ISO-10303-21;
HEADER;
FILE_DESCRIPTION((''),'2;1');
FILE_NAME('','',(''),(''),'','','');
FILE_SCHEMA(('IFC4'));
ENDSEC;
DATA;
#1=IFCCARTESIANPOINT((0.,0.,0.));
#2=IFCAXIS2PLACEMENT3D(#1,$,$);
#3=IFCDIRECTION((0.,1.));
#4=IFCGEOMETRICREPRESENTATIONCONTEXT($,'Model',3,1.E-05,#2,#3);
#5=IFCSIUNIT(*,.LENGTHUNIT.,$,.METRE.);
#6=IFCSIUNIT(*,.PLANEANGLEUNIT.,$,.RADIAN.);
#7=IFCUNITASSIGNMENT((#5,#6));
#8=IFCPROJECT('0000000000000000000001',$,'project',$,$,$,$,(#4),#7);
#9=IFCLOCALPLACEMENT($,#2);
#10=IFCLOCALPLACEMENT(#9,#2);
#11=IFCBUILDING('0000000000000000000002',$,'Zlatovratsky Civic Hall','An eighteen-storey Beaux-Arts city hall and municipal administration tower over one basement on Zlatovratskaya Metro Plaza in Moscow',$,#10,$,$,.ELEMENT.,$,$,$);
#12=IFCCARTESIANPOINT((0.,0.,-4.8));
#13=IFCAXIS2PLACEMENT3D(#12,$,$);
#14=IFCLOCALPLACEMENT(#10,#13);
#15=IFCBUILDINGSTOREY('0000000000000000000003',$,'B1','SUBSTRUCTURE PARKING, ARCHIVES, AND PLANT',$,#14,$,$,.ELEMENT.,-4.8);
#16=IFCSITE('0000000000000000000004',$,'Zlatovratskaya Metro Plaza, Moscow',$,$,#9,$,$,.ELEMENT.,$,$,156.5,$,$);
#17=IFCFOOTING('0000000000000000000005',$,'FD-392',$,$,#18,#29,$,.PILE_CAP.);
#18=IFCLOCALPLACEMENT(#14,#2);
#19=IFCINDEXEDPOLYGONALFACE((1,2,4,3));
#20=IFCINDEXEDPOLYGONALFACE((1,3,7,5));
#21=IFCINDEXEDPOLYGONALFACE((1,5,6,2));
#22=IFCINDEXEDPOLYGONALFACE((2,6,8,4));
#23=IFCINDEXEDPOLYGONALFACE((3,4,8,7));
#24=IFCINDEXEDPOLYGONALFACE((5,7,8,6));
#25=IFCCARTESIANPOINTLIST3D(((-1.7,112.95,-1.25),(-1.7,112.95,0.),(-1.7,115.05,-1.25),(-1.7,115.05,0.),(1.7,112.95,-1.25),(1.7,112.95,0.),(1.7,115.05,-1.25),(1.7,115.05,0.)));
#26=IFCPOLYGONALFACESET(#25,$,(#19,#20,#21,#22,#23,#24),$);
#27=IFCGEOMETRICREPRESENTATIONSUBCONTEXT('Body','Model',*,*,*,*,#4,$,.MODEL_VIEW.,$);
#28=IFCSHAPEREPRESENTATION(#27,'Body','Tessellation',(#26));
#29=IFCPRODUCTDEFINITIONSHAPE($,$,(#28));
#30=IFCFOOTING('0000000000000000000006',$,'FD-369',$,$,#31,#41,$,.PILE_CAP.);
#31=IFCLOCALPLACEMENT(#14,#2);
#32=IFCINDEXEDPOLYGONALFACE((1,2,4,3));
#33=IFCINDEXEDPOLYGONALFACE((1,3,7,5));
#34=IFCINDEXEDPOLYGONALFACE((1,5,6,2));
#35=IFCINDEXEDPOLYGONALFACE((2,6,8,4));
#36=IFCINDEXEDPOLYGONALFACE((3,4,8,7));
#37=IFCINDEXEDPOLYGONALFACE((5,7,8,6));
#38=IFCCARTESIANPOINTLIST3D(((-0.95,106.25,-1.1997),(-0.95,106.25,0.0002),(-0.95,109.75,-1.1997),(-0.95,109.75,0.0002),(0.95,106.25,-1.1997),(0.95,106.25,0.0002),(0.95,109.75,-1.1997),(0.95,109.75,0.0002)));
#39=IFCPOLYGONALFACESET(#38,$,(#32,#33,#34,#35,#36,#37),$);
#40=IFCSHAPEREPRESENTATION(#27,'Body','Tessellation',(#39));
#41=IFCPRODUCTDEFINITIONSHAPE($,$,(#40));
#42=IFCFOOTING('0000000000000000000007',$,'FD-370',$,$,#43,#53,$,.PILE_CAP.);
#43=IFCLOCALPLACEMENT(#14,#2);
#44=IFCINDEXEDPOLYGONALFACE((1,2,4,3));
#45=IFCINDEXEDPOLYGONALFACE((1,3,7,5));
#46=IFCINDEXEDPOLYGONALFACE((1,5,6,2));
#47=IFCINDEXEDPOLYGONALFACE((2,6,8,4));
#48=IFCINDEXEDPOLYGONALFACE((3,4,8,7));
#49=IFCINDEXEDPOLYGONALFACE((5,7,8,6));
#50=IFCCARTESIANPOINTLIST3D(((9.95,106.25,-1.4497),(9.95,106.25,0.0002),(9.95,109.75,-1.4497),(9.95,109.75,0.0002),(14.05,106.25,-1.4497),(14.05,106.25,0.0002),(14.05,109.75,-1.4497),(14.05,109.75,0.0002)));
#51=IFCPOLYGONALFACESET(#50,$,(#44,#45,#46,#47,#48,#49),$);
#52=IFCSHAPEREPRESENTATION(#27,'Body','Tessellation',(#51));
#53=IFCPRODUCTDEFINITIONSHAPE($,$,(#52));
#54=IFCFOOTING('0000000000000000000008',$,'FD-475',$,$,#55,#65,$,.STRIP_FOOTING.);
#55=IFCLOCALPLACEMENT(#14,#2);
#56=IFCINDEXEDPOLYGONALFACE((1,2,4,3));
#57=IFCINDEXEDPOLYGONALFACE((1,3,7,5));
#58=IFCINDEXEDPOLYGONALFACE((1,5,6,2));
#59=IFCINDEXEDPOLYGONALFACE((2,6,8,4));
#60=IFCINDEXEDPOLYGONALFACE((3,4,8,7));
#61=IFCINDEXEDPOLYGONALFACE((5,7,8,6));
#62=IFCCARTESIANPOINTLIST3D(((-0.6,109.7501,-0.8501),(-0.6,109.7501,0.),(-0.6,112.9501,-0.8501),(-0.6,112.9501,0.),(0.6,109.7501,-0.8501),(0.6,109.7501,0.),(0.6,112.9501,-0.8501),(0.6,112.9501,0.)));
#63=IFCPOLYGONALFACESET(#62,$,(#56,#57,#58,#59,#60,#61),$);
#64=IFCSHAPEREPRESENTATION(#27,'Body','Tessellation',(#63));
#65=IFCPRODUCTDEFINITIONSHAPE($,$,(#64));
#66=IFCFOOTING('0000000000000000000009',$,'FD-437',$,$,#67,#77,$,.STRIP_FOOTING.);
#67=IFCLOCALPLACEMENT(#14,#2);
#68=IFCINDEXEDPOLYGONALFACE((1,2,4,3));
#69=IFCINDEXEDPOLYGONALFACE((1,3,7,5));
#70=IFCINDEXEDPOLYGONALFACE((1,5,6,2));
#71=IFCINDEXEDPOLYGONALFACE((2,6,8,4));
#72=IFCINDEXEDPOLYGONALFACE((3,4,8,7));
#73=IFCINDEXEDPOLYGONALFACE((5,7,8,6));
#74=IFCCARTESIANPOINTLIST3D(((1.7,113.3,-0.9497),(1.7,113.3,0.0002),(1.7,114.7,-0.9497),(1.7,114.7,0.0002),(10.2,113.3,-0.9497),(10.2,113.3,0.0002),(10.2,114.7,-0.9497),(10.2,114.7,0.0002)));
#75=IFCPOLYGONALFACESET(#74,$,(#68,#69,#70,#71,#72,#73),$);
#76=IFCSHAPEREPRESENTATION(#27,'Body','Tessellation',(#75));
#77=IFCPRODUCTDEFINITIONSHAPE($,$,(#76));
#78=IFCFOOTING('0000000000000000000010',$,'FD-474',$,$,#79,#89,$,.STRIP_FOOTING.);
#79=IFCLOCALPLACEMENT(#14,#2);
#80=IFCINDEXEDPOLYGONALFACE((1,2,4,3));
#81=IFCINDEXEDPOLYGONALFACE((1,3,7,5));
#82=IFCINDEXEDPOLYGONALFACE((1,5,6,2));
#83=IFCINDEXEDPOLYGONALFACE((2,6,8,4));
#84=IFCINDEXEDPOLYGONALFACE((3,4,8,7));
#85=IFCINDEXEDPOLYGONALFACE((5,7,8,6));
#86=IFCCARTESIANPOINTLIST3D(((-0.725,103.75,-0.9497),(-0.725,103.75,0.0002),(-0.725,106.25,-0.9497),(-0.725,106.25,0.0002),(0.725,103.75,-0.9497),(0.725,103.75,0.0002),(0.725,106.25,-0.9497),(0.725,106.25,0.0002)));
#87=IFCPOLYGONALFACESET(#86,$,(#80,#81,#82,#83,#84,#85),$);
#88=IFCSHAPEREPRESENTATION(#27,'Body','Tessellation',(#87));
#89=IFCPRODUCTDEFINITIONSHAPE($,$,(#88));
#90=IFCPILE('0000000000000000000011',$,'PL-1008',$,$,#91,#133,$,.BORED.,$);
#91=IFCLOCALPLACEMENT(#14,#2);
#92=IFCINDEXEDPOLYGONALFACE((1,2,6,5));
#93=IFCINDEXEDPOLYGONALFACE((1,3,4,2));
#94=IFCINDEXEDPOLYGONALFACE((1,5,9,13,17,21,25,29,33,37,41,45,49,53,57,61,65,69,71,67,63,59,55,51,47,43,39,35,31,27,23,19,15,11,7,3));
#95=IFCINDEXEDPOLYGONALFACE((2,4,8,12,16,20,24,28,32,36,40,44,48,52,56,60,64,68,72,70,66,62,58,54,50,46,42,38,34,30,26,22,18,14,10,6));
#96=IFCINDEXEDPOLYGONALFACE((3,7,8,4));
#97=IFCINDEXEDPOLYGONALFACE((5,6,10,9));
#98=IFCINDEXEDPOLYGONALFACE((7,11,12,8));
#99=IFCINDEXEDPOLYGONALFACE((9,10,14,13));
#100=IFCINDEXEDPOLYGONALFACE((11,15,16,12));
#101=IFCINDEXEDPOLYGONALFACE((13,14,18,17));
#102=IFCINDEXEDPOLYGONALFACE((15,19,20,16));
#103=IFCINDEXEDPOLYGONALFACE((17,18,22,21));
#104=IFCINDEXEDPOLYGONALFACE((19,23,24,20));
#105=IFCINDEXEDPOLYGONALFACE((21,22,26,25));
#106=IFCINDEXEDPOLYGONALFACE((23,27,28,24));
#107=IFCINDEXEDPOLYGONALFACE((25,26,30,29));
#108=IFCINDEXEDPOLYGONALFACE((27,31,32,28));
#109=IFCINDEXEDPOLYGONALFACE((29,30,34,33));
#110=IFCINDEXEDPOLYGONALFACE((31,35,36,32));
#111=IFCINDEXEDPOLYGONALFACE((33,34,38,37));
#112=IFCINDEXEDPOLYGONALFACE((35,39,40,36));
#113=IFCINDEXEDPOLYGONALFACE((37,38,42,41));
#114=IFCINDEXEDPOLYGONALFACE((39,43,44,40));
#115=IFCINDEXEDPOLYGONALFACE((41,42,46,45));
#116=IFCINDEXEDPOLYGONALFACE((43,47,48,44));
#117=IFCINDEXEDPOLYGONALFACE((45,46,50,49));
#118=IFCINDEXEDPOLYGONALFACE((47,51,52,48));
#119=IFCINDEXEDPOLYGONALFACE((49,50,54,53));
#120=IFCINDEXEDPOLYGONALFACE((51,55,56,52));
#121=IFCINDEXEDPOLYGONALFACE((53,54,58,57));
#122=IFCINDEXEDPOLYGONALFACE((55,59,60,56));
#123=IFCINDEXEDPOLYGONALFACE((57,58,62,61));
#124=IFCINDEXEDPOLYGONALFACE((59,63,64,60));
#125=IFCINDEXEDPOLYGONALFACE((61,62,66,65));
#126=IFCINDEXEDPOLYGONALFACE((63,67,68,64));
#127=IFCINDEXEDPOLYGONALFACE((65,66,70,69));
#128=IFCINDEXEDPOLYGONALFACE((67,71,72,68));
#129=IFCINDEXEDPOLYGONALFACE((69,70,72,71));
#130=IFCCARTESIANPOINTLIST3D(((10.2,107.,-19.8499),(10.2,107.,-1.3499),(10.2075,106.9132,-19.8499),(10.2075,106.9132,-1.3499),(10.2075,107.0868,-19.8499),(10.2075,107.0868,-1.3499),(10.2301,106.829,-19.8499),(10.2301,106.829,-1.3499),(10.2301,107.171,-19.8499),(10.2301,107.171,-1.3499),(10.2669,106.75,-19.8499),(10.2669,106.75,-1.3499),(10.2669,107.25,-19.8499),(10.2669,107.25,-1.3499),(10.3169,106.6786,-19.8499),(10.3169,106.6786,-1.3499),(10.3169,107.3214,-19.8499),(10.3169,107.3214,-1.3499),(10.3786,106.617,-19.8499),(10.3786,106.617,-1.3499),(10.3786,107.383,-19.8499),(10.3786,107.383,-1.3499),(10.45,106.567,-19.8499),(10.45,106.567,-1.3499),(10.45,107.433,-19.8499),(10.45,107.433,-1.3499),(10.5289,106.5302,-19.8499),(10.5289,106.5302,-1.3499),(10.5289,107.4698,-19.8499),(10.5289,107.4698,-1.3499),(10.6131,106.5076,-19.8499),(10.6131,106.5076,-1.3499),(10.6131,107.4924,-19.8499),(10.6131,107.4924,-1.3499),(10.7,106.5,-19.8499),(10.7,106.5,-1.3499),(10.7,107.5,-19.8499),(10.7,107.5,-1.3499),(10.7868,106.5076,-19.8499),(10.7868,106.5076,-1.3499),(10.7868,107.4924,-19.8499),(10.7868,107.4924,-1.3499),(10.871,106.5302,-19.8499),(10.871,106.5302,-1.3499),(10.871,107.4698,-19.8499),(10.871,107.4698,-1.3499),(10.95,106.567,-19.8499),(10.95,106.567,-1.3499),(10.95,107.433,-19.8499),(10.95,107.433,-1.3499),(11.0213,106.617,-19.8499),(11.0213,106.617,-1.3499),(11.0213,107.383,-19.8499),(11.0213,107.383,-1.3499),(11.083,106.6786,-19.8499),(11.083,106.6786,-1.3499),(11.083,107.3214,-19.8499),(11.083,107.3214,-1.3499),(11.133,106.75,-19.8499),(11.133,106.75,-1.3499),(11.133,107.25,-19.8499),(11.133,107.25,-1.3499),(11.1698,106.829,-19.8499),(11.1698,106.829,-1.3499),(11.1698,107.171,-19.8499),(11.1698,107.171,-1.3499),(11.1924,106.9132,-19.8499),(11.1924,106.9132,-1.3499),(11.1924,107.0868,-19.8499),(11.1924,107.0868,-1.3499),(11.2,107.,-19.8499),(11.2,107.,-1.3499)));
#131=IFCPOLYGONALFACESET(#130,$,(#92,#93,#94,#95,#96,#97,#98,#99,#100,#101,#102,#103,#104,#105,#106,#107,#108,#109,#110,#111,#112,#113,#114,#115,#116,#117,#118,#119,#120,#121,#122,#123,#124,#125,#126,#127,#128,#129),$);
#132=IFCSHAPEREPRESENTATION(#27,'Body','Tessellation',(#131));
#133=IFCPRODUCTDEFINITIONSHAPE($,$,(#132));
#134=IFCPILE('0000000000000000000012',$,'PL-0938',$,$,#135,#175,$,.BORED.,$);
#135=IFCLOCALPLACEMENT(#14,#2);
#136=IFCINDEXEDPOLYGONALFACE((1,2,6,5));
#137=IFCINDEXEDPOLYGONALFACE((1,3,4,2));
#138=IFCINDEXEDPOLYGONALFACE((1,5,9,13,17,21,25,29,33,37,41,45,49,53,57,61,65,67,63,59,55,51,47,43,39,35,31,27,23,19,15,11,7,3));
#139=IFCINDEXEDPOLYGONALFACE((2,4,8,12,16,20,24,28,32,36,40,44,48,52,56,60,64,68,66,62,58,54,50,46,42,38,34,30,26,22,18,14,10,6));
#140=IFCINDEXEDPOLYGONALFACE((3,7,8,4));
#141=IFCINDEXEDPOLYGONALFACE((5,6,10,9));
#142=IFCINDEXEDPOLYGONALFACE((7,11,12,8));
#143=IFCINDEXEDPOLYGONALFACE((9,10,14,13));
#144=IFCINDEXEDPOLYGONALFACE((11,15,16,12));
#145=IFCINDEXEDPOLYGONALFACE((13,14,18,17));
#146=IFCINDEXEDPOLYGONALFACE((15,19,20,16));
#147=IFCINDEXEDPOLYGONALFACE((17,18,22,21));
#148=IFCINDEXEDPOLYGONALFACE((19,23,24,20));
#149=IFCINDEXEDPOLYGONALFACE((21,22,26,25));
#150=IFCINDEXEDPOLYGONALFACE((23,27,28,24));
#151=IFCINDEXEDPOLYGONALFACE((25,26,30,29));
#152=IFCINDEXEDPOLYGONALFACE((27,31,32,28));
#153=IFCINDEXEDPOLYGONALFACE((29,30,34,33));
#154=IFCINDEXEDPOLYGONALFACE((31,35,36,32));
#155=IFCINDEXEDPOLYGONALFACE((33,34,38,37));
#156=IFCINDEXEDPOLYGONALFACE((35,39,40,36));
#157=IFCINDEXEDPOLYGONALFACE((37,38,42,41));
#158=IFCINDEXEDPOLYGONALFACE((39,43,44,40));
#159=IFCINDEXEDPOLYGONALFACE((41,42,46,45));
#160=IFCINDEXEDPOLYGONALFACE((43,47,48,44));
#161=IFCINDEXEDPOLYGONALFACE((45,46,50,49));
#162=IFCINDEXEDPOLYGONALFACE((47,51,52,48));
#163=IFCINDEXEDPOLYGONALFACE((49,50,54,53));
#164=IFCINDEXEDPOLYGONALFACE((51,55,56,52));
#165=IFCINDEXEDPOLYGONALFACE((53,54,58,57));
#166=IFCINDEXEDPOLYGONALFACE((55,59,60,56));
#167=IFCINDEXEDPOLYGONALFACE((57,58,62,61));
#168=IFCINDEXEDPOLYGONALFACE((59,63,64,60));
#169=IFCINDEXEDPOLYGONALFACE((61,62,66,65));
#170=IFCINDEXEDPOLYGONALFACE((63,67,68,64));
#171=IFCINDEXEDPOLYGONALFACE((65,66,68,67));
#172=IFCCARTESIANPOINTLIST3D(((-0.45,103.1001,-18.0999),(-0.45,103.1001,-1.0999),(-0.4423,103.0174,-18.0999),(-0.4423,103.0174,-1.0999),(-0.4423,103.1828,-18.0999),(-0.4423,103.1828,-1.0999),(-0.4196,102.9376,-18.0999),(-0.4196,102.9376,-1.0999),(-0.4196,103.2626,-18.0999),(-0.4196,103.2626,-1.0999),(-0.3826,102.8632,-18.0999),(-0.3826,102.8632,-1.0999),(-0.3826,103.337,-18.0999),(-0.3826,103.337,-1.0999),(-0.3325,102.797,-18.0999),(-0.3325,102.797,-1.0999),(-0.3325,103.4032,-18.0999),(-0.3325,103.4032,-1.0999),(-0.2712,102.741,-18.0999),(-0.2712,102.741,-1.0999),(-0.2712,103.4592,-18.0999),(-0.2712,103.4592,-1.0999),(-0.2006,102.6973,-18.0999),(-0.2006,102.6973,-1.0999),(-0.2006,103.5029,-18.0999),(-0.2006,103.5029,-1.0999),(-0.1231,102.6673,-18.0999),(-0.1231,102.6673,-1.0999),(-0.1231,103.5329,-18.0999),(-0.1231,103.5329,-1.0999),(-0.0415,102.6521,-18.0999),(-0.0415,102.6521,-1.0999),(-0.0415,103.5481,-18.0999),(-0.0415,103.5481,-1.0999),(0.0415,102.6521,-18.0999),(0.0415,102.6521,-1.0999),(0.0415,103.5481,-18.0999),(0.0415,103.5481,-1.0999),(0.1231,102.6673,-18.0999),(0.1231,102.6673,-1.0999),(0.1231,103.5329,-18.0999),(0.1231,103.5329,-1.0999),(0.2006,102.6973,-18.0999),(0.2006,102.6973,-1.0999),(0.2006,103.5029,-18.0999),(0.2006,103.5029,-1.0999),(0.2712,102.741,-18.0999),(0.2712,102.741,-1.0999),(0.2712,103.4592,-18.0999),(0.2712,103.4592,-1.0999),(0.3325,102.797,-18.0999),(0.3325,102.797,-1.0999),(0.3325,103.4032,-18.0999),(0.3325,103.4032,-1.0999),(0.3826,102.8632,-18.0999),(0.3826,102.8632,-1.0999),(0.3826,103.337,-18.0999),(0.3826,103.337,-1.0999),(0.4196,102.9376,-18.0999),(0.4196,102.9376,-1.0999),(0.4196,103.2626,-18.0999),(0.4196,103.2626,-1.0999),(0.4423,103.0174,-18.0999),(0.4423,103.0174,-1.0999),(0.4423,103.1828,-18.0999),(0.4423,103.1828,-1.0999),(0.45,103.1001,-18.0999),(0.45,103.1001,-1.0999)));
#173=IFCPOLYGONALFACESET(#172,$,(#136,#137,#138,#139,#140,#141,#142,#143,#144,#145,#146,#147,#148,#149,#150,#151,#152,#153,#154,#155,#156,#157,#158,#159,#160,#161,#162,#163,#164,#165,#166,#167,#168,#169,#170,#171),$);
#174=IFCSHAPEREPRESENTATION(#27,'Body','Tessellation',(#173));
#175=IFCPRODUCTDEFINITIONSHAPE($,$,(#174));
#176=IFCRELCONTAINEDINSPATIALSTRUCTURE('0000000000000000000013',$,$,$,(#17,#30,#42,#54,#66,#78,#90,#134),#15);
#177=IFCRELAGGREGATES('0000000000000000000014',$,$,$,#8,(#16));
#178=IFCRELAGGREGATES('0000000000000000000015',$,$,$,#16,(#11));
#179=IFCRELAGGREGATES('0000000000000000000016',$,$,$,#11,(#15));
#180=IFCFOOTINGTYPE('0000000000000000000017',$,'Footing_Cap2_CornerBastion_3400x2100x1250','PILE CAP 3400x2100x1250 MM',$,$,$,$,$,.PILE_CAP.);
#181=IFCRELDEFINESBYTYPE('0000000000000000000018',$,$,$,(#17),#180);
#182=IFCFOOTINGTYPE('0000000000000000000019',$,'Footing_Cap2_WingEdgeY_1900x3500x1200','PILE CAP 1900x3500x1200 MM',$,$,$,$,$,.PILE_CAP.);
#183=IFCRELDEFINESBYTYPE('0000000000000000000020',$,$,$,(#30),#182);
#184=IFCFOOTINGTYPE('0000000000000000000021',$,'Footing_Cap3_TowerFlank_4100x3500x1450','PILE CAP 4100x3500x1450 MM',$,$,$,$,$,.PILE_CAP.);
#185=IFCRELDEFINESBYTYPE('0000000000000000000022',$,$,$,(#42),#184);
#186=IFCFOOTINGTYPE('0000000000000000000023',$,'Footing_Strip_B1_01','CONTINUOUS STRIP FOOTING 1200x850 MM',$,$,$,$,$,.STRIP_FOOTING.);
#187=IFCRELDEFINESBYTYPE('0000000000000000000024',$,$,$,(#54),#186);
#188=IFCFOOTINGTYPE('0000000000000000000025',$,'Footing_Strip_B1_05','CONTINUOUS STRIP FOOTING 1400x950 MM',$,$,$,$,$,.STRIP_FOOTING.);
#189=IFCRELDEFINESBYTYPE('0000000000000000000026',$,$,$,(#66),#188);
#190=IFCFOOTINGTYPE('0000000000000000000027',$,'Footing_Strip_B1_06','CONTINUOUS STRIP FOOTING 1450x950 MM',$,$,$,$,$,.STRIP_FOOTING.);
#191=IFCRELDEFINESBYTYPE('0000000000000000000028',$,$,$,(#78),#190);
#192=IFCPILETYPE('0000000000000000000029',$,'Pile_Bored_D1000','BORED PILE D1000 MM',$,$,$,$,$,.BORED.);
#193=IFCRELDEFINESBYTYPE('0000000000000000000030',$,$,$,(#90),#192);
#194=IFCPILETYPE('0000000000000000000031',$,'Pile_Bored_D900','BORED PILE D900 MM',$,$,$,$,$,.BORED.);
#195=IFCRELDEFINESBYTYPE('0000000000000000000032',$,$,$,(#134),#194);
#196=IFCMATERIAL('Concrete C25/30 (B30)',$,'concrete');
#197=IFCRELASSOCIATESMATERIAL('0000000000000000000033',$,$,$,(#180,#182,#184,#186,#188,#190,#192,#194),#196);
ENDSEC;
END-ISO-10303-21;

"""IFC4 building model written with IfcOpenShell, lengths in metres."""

from ifc_helpers import new_model, si_unit, direction, frame, origin, origin_2d, place, context, subcontext, project, spatial, rectangle, circle, extrude, material, material_profile, profile_set, type_object, element, save


model = new_model("IFC4")

# Units and contexts
model_context = context("Model", 3, precision=1e-05, world=origin(), true_north=direction((0.0, 1.0)))
body_context = subcontext(model_context, "Body", "Model", "MODEL_VIEW")
ifc_project = project(units=[si_unit("LENGTHUNIT", "METRE"), si_unit("PLANEANGLEUNIT", "RADIAN")], contexts=[model_context])

# Site, building, storey
site_placement = place(None, origin())
site = spatial("IfcSite", under=ifc_project, at=site_placement, Name="Zlatovratskaya Metro Plaza, Moscow", CompositionType="ELEMENT", RefElevation=156.5)
building_placement = place(site_placement, origin())
building = spatial("IfcBuilding", under=site, at=building_placement, Name="Zlatovratsky Civic Hall", Description="An eighteen-storey Beaux-Arts city hall and municipal administration tower over one basement on Zlatovratskaya Metro Plaza in Moscow", CompositionType="ELEMENT")
storey_placement = place(building_placement, frame((0.0, 0.0, -4.8)))
storey = spatial("IfcBuildingStorey", under=building, at=storey_placement, Name="B1", Description="SUBSTRUCTURE PARKING, ARCHIVES, AND PLANT", CompositionType="ELEMENT", Elevation=-4.8)

# Footings
ifc_material_1 = material(Name="Concrete C25/30 (B30)", Category="concrete")
footing_type_1 = type_object("IfcFootingType", Name="Footing_Cap2_CornerBastion_3400x2100x1250", Description="PILE CAP 3400x2100x1250 MM", PredefinedType="PILE_CAP", material=ifc_material_1)
footing_1_placement = place(storey_placement, frame((0.0, 114.0, -1.25), z_axis=(0.0, 0.0, 1.0), x_axis=(1.0, 0.0, 0.0)))
element("IfcFooting", 1, at=footing_1_placement, inside=storey, type_object=footing_type_1, Name="FD-392", PredefinedType="PILE_CAP", context=body_context, shape_type="SweptSolid", body=[
    extrude(rectangle(XDim=3.3999, YDim=2.1001, at=origin_2d()), origin(), (0.0, 0.0, 1.0), 1.25),
])
footing_type_2 = type_object("IfcFootingType", Name="Footing_Cap2_WingEdgeY_1900x3500x1200", Description="PILE CAP 1900x3500x1200 MM", PredefinedType="PILE_CAP", material=ifc_material_1)
footing_2_placement = place(storey_placement, frame((0.0, 108.0, -1.1997), z_axis=(0.0, 0.0, 1.0), x_axis=(1.0, 0.0, 0.0)))
element("IfcFooting", 2, at=footing_2_placement, inside=storey, type_object=footing_type_2, Name="FD-369", PredefinedType="PILE_CAP", context=body_context, shape_type="SweptSolid", body=[
    extrude(rectangle(XDim=1.8999, YDim=3.5, at=origin_2d()), origin(), (0.0, 0.0, 1.0), 1.2),
])
footing_type_3 = type_object("IfcFootingType", Name="Footing_Cap3_TowerFlank_4100x3500x1450", Description="PILE CAP 4100x3500x1450 MM", PredefinedType="PILE_CAP", material=ifc_material_1)
footing_3_placement = place(storey_placement, frame((12.0, 108.0, -1.4497), z_axis=(0.0, 0.0, 1.0), x_axis=(1.0, 0.0, 0.0)))
element("IfcFooting", 3, at=footing_3_placement, inside=storey, type_object=footing_type_3, Name="FD-370", PredefinedType="PILE_CAP", context=body_context, shape_type="SweptSolid", body=[
    extrude(rectangle(XDim=4.1001, YDim=3.5, at=origin_2d()), origin(), (0.0, 0.0, 1.0), 1.45),
])
footing_type_4 = type_object("IfcFootingType", Name="Footing_Strip_B1_01", Description="CONTINUOUS STRIP FOOTING 1200x850 MM", PredefinedType="STRIP_FOOTING", material=ifc_material_1)
footing_4_placement = place(storey_placement, frame((0.0, 111.3501, -0.8501), z_axis=(0.0, 0.0, 1.0), x_axis=(1.0, 0.0, 0.0)))
element("IfcFooting", 4, at=footing_4_placement, inside=storey, type_object=footing_type_4, Name="FD-475", PredefinedType="STRIP_FOOTING", context=body_context, shape_type="SweptSolid", body=[
    extrude(rectangle(XDim=1.2, YDim=3.2, at=origin_2d()), origin(), (0.0, 0.0, 1.0), 0.8501),
])
footing_type_5 = type_object("IfcFootingType", Name="Footing_Strip_B1_05", Description="CONTINUOUS STRIP FOOTING 1400x950 MM", PredefinedType="STRIP_FOOTING", material=ifc_material_1)
footing_5_placement = place(storey_placement, frame((5.95, 114.0, -0.9497), z_axis=(0.0, 0.0, 1.0), x_axis=(1.0, 0.0, 0.0)))
element("IfcFooting", 5, at=footing_5_placement, inside=storey, type_object=footing_type_5, Name="FD-437", PredefinedType="STRIP_FOOTING", context=body_context, shape_type="SweptSolid", body=[
    extrude(rectangle(XDim=8.5, YDim=1.3999, at=origin_2d()), origin(), (0.0, 0.0, 1.0), 0.95),
])
footing_type_6 = type_object("IfcFootingType", Name="Footing_Strip_B1_06", Description="CONTINUOUS STRIP FOOTING 1450x950 MM", PredefinedType="STRIP_FOOTING", material=ifc_material_1)
footing_6_placement = place(storey_placement, frame((0.0, 105.0, -0.9497), z_axis=(0.0, 0.0, 1.0), x_axis=(1.0, 0.0, 0.0)))
element("IfcFooting", 6, at=footing_6_placement, inside=storey, type_object=footing_type_6, Name="FD-474", PredefinedType="STRIP_FOOTING", context=body_context, shape_type="SweptSolid", body=[
    extrude(rectangle(XDim=1.45, YDim=2.5, at=origin_2d()), origin(), (0.0, 0.0, 1.0), 0.95),
])

# Piles
ifc_material_profile_1 = material_profile(ifc_material_1, circle(Radius=0.5, at=origin_2d()), Name="PILE D1000")
ifc_profile_set_1 = profile_set([ifc_material_profile_1], Name="Concrete C25/30 (B30)")
pile_type_1 = type_object("IfcPileType", Name="Pile_Bored_D1000", Description="BORED PILE D1000 MM", PredefinedType="BORED", material=ifc_profile_set_1)
pile_placement = place(storey_placement, frame((10.7, 107.0, -1.3499), z_axis=(0.0, 0.0, -1.0), x_axis=(1.0, 0.0, 0.0)))
element("IfcPile", 7, at=pile_placement, inside=storey, type_object=pile_type_1, Name="PL-1008", PredefinedType="BORED", context=body_context, shape_type="SweptSolid", body=[
    extrude(circle(Radius=0.5, at=origin_2d()), origin(), (0.0, 0.0, 1.0), 18.5),
])
ifc_material_profile_2 = material_profile(ifc_material_1, circle(Radius=0.45, at=origin_2d()), Name="PILE D900")
ifc_profile_set_2 = profile_set([ifc_material_profile_2], Name="Concrete C25/30 (B30)")
pile_type_2 = type_object("IfcPileType", Name="Pile_Bored_D900", Description="BORED PILE D900 MM", PredefinedType="BORED", material=ifc_profile_set_2)
for number, where, z_axis, x_axis, name in (
    (8, (0.0, 103.1001, -1.0999), (0.0, 0.0, -1.0), (1.0, 0.0, 0.0), "PL-0938"),
):
    element("IfcPile", number, at=place(storey_placement, frame(where, z_axis=z_axis, x_axis=x_axis)), inside=storey, type_object=pile_type_2, Name=name, PredefinedType="BORED", context=body_context, shape_type="SweptSolid", body=[
        extrude(circle(Radius=0.45, at=origin_2d()), origin(), (0.0, 0.0, 1.0), 17.0),
    ])

save(model, "model.ifc")
